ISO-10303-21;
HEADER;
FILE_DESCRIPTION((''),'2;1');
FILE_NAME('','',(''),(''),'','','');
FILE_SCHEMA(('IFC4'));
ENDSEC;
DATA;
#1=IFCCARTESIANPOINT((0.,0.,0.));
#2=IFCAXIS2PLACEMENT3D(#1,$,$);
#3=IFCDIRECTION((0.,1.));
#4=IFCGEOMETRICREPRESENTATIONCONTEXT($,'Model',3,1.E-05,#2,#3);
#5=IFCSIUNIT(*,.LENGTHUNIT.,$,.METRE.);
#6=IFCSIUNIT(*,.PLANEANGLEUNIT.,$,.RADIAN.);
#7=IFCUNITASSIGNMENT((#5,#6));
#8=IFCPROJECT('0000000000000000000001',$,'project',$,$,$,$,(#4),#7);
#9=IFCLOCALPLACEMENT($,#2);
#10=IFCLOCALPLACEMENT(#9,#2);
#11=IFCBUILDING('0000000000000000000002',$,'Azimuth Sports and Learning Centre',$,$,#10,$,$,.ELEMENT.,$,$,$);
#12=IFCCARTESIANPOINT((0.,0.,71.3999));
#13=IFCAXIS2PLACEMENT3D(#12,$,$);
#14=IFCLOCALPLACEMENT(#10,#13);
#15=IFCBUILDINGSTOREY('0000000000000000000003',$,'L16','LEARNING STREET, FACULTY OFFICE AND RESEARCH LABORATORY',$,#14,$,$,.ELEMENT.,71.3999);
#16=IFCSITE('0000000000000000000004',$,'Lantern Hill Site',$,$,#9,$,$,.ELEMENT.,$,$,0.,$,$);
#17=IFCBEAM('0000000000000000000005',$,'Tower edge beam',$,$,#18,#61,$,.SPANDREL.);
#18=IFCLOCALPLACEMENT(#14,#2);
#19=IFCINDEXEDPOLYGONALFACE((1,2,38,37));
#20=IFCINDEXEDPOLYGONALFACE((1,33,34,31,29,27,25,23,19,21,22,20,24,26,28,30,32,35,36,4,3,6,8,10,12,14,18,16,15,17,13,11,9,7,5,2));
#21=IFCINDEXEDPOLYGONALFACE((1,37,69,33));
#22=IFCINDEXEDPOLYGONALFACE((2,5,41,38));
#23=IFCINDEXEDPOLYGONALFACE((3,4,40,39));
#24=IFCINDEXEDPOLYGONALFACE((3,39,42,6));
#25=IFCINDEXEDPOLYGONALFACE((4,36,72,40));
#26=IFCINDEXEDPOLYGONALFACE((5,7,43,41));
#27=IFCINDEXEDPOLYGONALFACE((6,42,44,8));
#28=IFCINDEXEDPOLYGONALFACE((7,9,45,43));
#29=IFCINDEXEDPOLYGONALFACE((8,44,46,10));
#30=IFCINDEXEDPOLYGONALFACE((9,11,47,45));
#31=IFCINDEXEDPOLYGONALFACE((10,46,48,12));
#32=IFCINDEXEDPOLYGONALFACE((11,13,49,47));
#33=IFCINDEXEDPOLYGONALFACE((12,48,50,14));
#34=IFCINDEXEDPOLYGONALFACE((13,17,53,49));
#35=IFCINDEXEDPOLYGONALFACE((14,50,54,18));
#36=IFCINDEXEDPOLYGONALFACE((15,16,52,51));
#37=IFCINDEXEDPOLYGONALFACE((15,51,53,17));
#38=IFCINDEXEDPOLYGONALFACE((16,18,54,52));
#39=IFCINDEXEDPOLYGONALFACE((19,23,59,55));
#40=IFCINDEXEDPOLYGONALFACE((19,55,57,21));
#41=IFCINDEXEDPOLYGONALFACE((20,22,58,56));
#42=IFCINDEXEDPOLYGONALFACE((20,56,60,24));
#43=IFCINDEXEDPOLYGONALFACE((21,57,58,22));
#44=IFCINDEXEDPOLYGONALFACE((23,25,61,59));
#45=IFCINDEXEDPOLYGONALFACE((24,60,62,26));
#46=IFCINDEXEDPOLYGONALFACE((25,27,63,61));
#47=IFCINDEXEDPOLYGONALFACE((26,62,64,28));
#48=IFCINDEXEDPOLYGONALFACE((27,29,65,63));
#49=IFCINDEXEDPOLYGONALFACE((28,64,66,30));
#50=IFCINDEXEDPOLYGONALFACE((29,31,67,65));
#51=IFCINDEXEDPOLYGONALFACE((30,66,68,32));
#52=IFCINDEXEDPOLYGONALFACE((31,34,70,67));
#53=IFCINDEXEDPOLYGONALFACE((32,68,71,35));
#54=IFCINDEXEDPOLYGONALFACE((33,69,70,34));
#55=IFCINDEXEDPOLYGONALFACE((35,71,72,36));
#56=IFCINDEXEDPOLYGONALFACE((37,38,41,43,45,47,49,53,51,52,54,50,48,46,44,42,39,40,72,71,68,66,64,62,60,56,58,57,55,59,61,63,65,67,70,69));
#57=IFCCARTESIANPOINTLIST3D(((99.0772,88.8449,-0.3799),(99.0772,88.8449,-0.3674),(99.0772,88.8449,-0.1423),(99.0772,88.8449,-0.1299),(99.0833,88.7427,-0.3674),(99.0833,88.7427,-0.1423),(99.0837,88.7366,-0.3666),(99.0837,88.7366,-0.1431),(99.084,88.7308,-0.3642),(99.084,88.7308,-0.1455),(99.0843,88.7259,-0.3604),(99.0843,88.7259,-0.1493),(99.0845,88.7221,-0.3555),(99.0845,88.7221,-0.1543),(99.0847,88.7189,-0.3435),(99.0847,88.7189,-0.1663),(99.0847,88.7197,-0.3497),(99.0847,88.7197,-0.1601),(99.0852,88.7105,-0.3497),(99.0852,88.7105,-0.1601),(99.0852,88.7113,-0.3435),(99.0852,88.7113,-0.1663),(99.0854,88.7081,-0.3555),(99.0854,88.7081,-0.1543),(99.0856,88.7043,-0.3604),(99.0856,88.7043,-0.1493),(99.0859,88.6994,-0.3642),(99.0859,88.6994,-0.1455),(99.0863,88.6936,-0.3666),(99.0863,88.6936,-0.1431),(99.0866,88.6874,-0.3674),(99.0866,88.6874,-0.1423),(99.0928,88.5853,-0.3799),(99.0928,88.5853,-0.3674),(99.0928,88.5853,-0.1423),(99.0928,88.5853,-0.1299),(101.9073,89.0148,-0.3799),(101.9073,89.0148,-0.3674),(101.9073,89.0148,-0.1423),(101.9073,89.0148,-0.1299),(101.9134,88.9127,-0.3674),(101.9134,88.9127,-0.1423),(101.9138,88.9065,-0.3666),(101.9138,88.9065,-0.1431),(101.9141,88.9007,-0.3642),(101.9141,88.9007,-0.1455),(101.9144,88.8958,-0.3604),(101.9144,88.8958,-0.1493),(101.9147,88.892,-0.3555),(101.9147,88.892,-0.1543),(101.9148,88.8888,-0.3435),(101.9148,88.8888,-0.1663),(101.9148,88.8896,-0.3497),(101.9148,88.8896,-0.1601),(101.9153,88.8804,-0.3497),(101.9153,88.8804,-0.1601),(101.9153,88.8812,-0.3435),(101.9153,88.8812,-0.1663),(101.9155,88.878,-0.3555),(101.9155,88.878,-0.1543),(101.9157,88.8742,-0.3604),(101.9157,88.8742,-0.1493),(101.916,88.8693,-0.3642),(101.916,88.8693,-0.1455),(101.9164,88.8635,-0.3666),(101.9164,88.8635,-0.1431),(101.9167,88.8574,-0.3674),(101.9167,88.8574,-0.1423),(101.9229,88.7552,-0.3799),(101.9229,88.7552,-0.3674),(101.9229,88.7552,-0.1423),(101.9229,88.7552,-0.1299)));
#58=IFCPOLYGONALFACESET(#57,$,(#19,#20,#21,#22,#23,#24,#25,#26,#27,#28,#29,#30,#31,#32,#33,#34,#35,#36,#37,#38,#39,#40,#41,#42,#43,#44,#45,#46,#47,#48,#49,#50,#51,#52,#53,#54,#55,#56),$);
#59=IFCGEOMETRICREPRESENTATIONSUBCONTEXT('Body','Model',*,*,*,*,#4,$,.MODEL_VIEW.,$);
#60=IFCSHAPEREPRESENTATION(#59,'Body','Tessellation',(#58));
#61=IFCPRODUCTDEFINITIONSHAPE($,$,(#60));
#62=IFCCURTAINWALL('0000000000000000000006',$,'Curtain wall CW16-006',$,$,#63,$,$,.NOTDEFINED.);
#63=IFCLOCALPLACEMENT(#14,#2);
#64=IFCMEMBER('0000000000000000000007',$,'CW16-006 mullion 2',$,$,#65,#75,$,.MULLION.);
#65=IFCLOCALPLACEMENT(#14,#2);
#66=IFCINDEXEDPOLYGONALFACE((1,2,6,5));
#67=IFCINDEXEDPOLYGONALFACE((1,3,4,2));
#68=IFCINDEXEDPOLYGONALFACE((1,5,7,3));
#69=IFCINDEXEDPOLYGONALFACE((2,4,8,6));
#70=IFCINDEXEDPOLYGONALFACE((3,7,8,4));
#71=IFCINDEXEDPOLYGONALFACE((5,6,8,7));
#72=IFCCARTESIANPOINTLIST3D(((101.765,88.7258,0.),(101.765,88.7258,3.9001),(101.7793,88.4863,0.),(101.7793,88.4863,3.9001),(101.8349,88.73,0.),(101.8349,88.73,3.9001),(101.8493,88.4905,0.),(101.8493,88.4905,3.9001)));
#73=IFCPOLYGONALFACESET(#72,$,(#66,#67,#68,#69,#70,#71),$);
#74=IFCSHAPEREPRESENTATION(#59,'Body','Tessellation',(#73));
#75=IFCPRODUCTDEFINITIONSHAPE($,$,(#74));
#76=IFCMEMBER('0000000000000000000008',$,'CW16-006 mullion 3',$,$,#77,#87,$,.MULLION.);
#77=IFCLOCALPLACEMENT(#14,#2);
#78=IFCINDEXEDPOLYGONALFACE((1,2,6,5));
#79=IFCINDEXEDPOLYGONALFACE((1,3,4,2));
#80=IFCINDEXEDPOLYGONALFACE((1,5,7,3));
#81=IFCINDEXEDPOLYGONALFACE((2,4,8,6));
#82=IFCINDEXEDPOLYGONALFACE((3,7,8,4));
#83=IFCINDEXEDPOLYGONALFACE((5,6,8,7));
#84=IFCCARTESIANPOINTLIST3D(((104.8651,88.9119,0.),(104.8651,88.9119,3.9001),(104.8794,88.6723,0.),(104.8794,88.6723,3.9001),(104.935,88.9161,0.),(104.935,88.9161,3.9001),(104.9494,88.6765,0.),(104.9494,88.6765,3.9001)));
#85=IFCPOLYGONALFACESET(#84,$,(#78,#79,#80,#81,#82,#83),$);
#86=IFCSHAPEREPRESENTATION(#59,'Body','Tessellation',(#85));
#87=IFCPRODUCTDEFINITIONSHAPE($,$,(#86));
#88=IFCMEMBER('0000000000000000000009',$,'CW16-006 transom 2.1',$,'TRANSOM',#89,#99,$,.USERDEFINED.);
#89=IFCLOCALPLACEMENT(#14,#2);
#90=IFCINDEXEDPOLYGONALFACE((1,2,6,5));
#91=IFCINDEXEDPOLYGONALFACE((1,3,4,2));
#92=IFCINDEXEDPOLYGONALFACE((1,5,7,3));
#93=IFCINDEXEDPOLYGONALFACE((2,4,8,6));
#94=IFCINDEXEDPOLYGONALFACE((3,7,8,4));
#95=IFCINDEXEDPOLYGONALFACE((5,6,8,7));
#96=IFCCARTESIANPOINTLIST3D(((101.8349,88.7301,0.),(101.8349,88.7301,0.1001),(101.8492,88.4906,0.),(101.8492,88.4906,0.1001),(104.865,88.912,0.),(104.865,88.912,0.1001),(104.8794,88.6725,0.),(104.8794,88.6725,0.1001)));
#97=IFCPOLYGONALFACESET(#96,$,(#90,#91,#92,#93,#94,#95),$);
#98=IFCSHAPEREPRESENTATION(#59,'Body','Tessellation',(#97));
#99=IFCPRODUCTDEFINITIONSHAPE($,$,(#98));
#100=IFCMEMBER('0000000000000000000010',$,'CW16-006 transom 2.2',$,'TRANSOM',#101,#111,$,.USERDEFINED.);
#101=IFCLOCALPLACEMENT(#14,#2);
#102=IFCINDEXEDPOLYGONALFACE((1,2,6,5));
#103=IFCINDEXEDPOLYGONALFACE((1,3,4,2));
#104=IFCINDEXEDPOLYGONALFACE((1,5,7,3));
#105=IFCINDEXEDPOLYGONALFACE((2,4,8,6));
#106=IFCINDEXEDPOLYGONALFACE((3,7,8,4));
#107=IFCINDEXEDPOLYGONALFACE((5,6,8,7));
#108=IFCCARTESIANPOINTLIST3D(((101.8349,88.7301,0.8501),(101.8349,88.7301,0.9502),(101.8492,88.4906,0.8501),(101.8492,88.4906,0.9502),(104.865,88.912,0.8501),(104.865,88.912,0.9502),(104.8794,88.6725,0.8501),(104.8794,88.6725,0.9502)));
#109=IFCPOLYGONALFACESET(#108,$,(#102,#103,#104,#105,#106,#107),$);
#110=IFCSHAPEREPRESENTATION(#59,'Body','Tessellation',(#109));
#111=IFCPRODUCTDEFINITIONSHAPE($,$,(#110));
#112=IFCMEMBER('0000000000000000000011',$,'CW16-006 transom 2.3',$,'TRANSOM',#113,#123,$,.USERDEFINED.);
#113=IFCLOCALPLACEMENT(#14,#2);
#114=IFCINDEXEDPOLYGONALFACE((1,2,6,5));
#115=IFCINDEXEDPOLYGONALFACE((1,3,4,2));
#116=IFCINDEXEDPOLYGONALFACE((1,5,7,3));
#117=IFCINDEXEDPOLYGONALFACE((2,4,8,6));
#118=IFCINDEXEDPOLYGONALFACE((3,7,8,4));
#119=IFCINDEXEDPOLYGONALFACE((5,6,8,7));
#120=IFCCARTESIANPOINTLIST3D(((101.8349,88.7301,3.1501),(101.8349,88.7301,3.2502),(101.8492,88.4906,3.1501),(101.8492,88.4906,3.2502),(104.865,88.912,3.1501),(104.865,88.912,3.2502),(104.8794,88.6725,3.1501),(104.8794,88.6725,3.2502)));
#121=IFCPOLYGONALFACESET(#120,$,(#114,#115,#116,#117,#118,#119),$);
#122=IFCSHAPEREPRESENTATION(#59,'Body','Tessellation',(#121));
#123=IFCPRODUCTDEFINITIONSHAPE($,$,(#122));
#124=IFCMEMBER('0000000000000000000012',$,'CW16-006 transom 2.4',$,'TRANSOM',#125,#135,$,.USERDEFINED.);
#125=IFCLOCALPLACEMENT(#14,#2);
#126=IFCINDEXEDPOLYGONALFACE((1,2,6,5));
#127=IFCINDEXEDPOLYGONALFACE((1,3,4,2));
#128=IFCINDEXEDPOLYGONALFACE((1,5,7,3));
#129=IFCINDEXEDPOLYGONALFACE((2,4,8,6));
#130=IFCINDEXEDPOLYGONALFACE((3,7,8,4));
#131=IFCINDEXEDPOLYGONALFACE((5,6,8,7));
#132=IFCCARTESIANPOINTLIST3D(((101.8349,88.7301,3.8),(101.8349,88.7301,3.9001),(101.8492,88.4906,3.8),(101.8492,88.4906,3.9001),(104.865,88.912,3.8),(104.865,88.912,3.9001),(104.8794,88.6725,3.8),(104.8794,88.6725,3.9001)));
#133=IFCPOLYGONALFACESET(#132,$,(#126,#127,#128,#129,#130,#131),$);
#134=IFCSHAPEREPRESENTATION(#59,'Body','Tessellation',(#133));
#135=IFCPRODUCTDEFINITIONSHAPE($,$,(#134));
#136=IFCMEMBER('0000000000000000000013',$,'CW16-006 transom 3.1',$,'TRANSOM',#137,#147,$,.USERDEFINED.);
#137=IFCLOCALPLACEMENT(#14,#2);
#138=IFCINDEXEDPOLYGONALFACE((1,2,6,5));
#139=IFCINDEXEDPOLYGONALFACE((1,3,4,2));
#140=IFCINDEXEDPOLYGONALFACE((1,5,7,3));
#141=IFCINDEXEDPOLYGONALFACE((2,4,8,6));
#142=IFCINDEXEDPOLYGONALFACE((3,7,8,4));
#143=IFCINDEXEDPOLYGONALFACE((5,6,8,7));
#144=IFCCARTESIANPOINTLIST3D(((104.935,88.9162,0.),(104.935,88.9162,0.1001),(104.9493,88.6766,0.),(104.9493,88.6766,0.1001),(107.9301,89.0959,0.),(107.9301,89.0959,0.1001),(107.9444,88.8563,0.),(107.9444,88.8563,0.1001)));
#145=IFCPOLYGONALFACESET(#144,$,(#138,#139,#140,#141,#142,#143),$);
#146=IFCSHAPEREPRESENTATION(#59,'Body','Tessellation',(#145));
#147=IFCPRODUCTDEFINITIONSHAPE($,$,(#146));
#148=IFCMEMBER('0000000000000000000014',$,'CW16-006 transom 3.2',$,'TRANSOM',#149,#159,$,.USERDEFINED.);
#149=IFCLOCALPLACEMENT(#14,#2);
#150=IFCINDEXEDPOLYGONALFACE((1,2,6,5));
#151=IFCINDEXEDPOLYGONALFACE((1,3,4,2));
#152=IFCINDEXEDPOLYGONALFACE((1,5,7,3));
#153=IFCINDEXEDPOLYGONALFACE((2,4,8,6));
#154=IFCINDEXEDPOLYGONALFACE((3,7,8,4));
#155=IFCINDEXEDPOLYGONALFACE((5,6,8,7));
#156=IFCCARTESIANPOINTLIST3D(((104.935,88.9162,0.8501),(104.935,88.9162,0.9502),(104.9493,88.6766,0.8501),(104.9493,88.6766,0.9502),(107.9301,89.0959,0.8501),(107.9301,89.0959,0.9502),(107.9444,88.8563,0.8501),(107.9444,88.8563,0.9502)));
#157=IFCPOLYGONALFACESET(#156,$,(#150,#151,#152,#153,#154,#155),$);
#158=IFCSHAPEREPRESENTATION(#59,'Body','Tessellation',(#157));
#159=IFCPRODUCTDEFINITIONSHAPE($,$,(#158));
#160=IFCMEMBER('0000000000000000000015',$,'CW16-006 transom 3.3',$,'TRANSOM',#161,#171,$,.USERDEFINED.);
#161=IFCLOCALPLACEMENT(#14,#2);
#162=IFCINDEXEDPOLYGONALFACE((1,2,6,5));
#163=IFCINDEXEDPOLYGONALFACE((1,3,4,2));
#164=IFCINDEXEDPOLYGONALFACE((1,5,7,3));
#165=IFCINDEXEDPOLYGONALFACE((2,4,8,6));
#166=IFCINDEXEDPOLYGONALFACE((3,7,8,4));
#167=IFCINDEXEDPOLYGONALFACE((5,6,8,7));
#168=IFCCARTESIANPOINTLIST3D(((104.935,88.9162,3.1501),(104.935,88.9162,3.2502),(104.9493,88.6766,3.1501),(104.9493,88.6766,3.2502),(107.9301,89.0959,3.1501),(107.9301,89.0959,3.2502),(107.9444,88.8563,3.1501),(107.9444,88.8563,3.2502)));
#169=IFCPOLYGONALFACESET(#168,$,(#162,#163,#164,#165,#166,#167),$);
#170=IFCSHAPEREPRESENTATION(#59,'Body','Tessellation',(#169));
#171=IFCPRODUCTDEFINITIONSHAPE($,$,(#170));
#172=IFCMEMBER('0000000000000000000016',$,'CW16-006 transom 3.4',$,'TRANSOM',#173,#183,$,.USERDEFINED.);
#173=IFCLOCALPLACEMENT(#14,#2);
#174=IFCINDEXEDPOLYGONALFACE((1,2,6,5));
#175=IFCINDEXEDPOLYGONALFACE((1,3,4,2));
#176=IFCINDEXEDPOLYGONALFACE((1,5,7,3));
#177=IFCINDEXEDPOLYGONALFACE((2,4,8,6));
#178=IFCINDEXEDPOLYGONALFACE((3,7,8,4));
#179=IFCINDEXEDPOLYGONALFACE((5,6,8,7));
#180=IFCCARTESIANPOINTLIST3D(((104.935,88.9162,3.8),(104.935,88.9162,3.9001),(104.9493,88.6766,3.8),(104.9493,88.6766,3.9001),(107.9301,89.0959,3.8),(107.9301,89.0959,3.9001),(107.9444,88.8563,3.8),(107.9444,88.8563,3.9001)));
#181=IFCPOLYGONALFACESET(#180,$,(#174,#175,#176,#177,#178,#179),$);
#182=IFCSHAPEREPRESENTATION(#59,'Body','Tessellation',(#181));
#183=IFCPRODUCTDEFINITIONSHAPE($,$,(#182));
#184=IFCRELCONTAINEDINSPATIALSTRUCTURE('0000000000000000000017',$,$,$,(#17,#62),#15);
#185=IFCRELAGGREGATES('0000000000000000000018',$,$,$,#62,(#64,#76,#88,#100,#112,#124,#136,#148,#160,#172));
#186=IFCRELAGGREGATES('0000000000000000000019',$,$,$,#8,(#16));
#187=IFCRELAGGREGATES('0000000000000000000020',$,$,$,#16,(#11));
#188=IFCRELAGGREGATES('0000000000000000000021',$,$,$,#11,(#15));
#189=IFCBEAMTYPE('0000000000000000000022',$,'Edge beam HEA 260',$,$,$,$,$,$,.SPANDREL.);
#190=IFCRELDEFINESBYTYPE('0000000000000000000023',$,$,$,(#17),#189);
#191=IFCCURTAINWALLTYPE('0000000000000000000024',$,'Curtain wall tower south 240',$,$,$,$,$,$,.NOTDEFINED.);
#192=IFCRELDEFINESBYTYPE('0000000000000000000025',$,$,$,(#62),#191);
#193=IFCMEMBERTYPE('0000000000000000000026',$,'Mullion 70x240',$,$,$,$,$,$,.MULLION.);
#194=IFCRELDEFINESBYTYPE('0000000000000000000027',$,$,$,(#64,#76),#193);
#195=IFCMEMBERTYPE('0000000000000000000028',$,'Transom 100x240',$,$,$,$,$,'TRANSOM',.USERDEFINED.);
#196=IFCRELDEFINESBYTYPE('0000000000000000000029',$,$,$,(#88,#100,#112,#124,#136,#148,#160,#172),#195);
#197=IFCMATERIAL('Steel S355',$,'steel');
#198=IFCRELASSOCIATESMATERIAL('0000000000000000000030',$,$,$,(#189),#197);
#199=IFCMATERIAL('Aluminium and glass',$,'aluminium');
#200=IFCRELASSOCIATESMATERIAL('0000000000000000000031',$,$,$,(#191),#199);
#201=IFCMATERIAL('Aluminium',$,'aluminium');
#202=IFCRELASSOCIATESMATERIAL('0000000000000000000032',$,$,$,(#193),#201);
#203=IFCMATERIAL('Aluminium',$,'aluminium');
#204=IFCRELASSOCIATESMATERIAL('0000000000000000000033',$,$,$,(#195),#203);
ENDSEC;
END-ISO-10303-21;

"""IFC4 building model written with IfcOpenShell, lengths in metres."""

from ifc_helpers import new_model, si_unit, direction, frame, origin, origin_2d, place, context, subcontext, project, spatial, rectangle, i_section, extrude, material, material_profile, profile_set, type_object, element, aggregate, save


model = new_model("IFC4")

# Units and contexts
model_context = context("Model", 3, precision=1e-05, world=origin(), true_north=direction((0.0, 1.0)))
body_context = subcontext(model_context, "Body", "Model", "MODEL_VIEW")
ifc_project = project(units=[si_unit("LENGTHUNIT", "METRE"), si_unit("PLANEANGLEUNIT", "RADIAN")], contexts=[model_context])

# Site, building, storey
site_placement = place(None, origin())
site = spatial("IfcSite", under=ifc_project, at=site_placement, Name="Lantern Hill Site", CompositionType="ELEMENT", RefElevation=0.0)
building_placement = place(site_placement, origin())
building = spatial("IfcBuilding", under=site, at=building_placement, Name="Azimuth Sports and Learning Centre", CompositionType="ELEMENT")
storey_placement = place(building_placement, frame((0.0, 0.0, 71.3999)))
storey = spatial("IfcBuildingStorey", under=building, at=storey_placement, Name="L16", Description="LEARNING STREET, FACULTY OFFICE AND RESEARCH LABORATORY", CompositionType="ELEMENT", Elevation=71.3999)

# Beam
ifc_material_1 = material(Name="Steel S355", Category="steel")
ifc_material_profile_1 = material_profile(ifc_material_1, i_section(OverallWidth=0.26, OverallDepth=0.25, WebThickness=0.0076, FlangeThickness=0.0125, FilletRadius=0.0239, at=origin_2d()), Name="HEA 260")
ifc_profile_set_1 = profile_set([ifc_material_profile_1], Name="Steel S355")
beam_type = type_object("IfcBeamType", Name="Edge beam HEA 260", PredefinedType="SPANDREL", material=ifc_profile_set_1)
beam_placement = place(storey_placement, frame((99.085, 88.7151, -0.2549), z_axis=(0.998202, 0.059933, 0.0), x_axis=(-0.059933, 0.998202, 0.0)))
element("IfcBeam", 1, at=beam_placement, inside=storey, type_object=beam_type, Name="Tower edge beam", PredefinedType="SPANDREL", context=body_context, shape_type="SweptSolid", body=[
    extrude(i_section(OverallWidth=0.26, OverallDepth=0.25, WebThickness=0.0076, FlangeThickness=0.0125, FilletRadius=0.0239, at=origin_2d()), origin(), (0.0, 0.0, 1.0), 2.8352),
])

# Curtain wall, members
ifc_material_2 = material(Name="Aluminium and glass", Category="aluminium")
curtain_wall_type = type_object("IfcCurtainWallType", Name="Curtain wall tower south 240", PredefinedType="NOTDEFINED", material=ifc_material_2)
curtain_wall_placement = place(storey_placement, origin())
curtain_wall = element("IfcCurtainWall", 2, at=curtain_wall_placement, inside=storey, type_object=curtain_wall_type, Name="Curtain wall CW16-006", PredefinedType="NOTDEFINED")
ifc_material_3 = material(Name="Aluminium", Category="aluminium")
ifc_material_profile_2 = material_profile(ifc_material_3, rectangle(XDim=0.24, YDim=0.0701, at=origin_2d()), Name="Mullion 70x240")
ifc_profile_set_2 = profile_set([ifc_material_profile_2], Name="Aluminium")
member_type_1 = type_object("IfcMemberType", Name="Mullion 70x240", PredefinedType="MULLION", material=ifc_profile_set_2)
member_1_placement = place(storey_placement, frame((101.8071, 88.6082, 0.0), z_axis=(0.0, 0.0, 1.0), x_axis=(-0.059892, 0.998205, 0.0)))
member_1 = element("IfcMember", 3, at=member_1_placement, type_object=member_type_1, Name="CW16-006 mullion 2", PredefinedType="MULLION", context=body_context, shape_type="SweptSolid", body=[
    extrude(rectangle(XDim=0.24, YDim=0.0701, at=origin_2d()), origin(), (0.0, 0.0, 1.0), 3.9001),
])
member_2_placement = place(storey_placement, frame((104.9072, 88.7942, 0.0), z_axis=(0.0, 0.0, 1.0), x_axis=(-0.059892, 0.998205, 0.0)))
member_2 = element("IfcMember", 4, at=member_2_placement, type_object=member_type_1, Name="CW16-006 mullion 3", PredefinedType="MULLION", context=body_context, shape_type="SweptSolid", body=[
    extrude(rectangle(XDim=0.24, YDim=0.0701, at=origin_2d()), origin(), (0.0, 0.0, 1.0), 3.9001),
])
ifc_material_4 = material(Name="Aluminium", Category="aluminium")
ifc_material_profile_3 = material_profile(ifc_material_4, rectangle(XDim=0.24, YDim=0.1001, at=origin_2d()), Name="Transom 100x240")
ifc_profile_set_3 = profile_set([ifc_material_profile_3], Name="Aluminium")
member_type_2 = type_object("IfcMemberType", Name="Transom 100x240", ElementType="TRANSOM", PredefinedType="USERDEFINED", material=ifc_profile_set_3)
member_3_placement = place(storey_placement, frame((101.842, 88.6104, 0.05), z_axis=(0.998203, 0.059915, 0.0), x_axis=(-0.059915, 0.998203, 0.0)))
member_3 = element("IfcMember", 5, at=member_3_placement, type_object=member_type_2, Name="CW16-006 transom 2.1", ObjectType="TRANSOM", PredefinedType="USERDEFINED", context=body_context, shape_type="SweptSolid", body=[
    extrude(rectangle(XDim=0.24, YDim=0.1001, at=origin_2d()), origin(), (0.0, 0.0, 1.0), 3.0356),
])
member_4_placement = place(storey_placement, frame((101.842, 88.6104, 0.9001), z_axis=(0.998203, 0.059915, 0.0), x_axis=(-0.059915, 0.998203, 0.0)))
member_4 = element("IfcMember", 6, at=member_4_placement, type_object=member_type_2, Name="CW16-006 transom 2.2", ObjectType="TRANSOM", PredefinedType="USERDEFINED", context=body_context, shape_type="SweptSolid", body=[
    extrude(rectangle(XDim=0.24, YDim=0.1001, at=origin_2d()), origin(), (0.0, 0.0, 1.0), 3.0356),
])
member_5_placement = place(storey_placement, frame((101.842, 88.6104, 3.2002), z_axis=(0.998203, 0.059915, 0.0), x_axis=(-0.059915, 0.998203, 0.0)))
member_5 = element("IfcMember", 7, at=member_5_placement, type_object=member_type_2, Name="CW16-006 transom 2.3", ObjectType="TRANSOM", PredefinedType="USERDEFINED", context=body_context, shape_type="SweptSolid", body=[
    extrude(rectangle(XDim=0.24, YDim=0.1001, at=origin_2d()), origin(), (0.0, 0.0, 1.0), 3.0356),
])
member_6_placement = place(storey_placement, frame((101.842, 88.6104, 3.8501), z_axis=(0.998203, 0.059915, 0.0), x_axis=(-0.059915, 0.998203, 0.0)))
member_6 = element("IfcMember", 8, at=member_6_placement, type_object=member_type_2, Name="CW16-006 transom 2.4", ObjectType="TRANSOM", PredefinedType="USERDEFINED", context=body_context, shape_type="SweptSolid", body=[
    extrude(rectangle(XDim=0.24, YDim=0.1001, at=origin_2d()), origin(), (0.0, 0.0, 1.0), 3.0356),
])
member_7_placement = place(storey_placement, frame((104.9421, 88.7964, 0.05), z_axis=(0.998205, 0.059886, 0.0), x_axis=(-0.059886, 0.998205, 0.0)))
member_7 = element("IfcMember", 9, at=member_7_placement, type_object=member_type_2, Name="CW16-006 transom 3.1", ObjectType="TRANSOM", PredefinedType="USERDEFINED", context=body_context, shape_type="SweptSolid", body=[
    extrude(rectangle(XDim=0.24, YDim=0.1001, at=origin_2d()), origin(), (0.0, 0.0, 1.0), 3.0005),
])
member_8_placement = place(storey_placement, frame((104.9421, 88.7964, 0.9001), z_axis=(0.998205, 0.059886, 0.0), x_axis=(-0.059886, 0.998205, 0.0)))
member_8 = element("IfcMember", 10, at=member_8_placement, type_object=member_type_2, Name="CW16-006 transom 3.2", ObjectType="TRANSOM", PredefinedType="USERDEFINED", context=body_context, shape_type="SweptSolid", body=[
    extrude(rectangle(XDim=0.24, YDim=0.1001, at=origin_2d()), origin(), (0.0, 0.0, 1.0), 3.0005),
])
member_9_placement = place(storey_placement, frame((104.9421, 88.7964, 3.2002), z_axis=(0.998205, 0.059886, 0.0), x_axis=(-0.059886, 0.998205, 0.0)))
member_9 = element("IfcMember", 11, at=member_9_placement, type_object=member_type_2, Name="CW16-006 transom 3.3", ObjectType="TRANSOM", PredefinedType="USERDEFINED", context=body_context, shape_type="SweptSolid", body=[
    extrude(rectangle(XDim=0.24, YDim=0.1001, at=origin_2d()), origin(), (0.0, 0.0, 1.0), 3.0005),
])
member_10_placement = place(storey_placement, frame((104.9421, 88.7964, 3.8501), z_axis=(0.998205, 0.059886, 0.0), x_axis=(-0.059886, 0.998205, 0.0)))
member_10 = element("IfcMember", 12, at=member_10_placement, type_object=member_type_2, Name="CW16-006 transom 3.4", ObjectType="TRANSOM", PredefinedType="USERDEFINED", context=body_context, shape_type="SweptSolid", body=[
    extrude(rectangle(XDim=0.24, YDim=0.1001, at=origin_2d()), origin(), (0.0, 0.0, 1.0), 3.0005),
])
aggregate(curtain_wall, [member_1, member_2, member_3, member_4, member_5, member_6, member_7, member_8, member_9, member_10])

save(model, "model.ifc")
